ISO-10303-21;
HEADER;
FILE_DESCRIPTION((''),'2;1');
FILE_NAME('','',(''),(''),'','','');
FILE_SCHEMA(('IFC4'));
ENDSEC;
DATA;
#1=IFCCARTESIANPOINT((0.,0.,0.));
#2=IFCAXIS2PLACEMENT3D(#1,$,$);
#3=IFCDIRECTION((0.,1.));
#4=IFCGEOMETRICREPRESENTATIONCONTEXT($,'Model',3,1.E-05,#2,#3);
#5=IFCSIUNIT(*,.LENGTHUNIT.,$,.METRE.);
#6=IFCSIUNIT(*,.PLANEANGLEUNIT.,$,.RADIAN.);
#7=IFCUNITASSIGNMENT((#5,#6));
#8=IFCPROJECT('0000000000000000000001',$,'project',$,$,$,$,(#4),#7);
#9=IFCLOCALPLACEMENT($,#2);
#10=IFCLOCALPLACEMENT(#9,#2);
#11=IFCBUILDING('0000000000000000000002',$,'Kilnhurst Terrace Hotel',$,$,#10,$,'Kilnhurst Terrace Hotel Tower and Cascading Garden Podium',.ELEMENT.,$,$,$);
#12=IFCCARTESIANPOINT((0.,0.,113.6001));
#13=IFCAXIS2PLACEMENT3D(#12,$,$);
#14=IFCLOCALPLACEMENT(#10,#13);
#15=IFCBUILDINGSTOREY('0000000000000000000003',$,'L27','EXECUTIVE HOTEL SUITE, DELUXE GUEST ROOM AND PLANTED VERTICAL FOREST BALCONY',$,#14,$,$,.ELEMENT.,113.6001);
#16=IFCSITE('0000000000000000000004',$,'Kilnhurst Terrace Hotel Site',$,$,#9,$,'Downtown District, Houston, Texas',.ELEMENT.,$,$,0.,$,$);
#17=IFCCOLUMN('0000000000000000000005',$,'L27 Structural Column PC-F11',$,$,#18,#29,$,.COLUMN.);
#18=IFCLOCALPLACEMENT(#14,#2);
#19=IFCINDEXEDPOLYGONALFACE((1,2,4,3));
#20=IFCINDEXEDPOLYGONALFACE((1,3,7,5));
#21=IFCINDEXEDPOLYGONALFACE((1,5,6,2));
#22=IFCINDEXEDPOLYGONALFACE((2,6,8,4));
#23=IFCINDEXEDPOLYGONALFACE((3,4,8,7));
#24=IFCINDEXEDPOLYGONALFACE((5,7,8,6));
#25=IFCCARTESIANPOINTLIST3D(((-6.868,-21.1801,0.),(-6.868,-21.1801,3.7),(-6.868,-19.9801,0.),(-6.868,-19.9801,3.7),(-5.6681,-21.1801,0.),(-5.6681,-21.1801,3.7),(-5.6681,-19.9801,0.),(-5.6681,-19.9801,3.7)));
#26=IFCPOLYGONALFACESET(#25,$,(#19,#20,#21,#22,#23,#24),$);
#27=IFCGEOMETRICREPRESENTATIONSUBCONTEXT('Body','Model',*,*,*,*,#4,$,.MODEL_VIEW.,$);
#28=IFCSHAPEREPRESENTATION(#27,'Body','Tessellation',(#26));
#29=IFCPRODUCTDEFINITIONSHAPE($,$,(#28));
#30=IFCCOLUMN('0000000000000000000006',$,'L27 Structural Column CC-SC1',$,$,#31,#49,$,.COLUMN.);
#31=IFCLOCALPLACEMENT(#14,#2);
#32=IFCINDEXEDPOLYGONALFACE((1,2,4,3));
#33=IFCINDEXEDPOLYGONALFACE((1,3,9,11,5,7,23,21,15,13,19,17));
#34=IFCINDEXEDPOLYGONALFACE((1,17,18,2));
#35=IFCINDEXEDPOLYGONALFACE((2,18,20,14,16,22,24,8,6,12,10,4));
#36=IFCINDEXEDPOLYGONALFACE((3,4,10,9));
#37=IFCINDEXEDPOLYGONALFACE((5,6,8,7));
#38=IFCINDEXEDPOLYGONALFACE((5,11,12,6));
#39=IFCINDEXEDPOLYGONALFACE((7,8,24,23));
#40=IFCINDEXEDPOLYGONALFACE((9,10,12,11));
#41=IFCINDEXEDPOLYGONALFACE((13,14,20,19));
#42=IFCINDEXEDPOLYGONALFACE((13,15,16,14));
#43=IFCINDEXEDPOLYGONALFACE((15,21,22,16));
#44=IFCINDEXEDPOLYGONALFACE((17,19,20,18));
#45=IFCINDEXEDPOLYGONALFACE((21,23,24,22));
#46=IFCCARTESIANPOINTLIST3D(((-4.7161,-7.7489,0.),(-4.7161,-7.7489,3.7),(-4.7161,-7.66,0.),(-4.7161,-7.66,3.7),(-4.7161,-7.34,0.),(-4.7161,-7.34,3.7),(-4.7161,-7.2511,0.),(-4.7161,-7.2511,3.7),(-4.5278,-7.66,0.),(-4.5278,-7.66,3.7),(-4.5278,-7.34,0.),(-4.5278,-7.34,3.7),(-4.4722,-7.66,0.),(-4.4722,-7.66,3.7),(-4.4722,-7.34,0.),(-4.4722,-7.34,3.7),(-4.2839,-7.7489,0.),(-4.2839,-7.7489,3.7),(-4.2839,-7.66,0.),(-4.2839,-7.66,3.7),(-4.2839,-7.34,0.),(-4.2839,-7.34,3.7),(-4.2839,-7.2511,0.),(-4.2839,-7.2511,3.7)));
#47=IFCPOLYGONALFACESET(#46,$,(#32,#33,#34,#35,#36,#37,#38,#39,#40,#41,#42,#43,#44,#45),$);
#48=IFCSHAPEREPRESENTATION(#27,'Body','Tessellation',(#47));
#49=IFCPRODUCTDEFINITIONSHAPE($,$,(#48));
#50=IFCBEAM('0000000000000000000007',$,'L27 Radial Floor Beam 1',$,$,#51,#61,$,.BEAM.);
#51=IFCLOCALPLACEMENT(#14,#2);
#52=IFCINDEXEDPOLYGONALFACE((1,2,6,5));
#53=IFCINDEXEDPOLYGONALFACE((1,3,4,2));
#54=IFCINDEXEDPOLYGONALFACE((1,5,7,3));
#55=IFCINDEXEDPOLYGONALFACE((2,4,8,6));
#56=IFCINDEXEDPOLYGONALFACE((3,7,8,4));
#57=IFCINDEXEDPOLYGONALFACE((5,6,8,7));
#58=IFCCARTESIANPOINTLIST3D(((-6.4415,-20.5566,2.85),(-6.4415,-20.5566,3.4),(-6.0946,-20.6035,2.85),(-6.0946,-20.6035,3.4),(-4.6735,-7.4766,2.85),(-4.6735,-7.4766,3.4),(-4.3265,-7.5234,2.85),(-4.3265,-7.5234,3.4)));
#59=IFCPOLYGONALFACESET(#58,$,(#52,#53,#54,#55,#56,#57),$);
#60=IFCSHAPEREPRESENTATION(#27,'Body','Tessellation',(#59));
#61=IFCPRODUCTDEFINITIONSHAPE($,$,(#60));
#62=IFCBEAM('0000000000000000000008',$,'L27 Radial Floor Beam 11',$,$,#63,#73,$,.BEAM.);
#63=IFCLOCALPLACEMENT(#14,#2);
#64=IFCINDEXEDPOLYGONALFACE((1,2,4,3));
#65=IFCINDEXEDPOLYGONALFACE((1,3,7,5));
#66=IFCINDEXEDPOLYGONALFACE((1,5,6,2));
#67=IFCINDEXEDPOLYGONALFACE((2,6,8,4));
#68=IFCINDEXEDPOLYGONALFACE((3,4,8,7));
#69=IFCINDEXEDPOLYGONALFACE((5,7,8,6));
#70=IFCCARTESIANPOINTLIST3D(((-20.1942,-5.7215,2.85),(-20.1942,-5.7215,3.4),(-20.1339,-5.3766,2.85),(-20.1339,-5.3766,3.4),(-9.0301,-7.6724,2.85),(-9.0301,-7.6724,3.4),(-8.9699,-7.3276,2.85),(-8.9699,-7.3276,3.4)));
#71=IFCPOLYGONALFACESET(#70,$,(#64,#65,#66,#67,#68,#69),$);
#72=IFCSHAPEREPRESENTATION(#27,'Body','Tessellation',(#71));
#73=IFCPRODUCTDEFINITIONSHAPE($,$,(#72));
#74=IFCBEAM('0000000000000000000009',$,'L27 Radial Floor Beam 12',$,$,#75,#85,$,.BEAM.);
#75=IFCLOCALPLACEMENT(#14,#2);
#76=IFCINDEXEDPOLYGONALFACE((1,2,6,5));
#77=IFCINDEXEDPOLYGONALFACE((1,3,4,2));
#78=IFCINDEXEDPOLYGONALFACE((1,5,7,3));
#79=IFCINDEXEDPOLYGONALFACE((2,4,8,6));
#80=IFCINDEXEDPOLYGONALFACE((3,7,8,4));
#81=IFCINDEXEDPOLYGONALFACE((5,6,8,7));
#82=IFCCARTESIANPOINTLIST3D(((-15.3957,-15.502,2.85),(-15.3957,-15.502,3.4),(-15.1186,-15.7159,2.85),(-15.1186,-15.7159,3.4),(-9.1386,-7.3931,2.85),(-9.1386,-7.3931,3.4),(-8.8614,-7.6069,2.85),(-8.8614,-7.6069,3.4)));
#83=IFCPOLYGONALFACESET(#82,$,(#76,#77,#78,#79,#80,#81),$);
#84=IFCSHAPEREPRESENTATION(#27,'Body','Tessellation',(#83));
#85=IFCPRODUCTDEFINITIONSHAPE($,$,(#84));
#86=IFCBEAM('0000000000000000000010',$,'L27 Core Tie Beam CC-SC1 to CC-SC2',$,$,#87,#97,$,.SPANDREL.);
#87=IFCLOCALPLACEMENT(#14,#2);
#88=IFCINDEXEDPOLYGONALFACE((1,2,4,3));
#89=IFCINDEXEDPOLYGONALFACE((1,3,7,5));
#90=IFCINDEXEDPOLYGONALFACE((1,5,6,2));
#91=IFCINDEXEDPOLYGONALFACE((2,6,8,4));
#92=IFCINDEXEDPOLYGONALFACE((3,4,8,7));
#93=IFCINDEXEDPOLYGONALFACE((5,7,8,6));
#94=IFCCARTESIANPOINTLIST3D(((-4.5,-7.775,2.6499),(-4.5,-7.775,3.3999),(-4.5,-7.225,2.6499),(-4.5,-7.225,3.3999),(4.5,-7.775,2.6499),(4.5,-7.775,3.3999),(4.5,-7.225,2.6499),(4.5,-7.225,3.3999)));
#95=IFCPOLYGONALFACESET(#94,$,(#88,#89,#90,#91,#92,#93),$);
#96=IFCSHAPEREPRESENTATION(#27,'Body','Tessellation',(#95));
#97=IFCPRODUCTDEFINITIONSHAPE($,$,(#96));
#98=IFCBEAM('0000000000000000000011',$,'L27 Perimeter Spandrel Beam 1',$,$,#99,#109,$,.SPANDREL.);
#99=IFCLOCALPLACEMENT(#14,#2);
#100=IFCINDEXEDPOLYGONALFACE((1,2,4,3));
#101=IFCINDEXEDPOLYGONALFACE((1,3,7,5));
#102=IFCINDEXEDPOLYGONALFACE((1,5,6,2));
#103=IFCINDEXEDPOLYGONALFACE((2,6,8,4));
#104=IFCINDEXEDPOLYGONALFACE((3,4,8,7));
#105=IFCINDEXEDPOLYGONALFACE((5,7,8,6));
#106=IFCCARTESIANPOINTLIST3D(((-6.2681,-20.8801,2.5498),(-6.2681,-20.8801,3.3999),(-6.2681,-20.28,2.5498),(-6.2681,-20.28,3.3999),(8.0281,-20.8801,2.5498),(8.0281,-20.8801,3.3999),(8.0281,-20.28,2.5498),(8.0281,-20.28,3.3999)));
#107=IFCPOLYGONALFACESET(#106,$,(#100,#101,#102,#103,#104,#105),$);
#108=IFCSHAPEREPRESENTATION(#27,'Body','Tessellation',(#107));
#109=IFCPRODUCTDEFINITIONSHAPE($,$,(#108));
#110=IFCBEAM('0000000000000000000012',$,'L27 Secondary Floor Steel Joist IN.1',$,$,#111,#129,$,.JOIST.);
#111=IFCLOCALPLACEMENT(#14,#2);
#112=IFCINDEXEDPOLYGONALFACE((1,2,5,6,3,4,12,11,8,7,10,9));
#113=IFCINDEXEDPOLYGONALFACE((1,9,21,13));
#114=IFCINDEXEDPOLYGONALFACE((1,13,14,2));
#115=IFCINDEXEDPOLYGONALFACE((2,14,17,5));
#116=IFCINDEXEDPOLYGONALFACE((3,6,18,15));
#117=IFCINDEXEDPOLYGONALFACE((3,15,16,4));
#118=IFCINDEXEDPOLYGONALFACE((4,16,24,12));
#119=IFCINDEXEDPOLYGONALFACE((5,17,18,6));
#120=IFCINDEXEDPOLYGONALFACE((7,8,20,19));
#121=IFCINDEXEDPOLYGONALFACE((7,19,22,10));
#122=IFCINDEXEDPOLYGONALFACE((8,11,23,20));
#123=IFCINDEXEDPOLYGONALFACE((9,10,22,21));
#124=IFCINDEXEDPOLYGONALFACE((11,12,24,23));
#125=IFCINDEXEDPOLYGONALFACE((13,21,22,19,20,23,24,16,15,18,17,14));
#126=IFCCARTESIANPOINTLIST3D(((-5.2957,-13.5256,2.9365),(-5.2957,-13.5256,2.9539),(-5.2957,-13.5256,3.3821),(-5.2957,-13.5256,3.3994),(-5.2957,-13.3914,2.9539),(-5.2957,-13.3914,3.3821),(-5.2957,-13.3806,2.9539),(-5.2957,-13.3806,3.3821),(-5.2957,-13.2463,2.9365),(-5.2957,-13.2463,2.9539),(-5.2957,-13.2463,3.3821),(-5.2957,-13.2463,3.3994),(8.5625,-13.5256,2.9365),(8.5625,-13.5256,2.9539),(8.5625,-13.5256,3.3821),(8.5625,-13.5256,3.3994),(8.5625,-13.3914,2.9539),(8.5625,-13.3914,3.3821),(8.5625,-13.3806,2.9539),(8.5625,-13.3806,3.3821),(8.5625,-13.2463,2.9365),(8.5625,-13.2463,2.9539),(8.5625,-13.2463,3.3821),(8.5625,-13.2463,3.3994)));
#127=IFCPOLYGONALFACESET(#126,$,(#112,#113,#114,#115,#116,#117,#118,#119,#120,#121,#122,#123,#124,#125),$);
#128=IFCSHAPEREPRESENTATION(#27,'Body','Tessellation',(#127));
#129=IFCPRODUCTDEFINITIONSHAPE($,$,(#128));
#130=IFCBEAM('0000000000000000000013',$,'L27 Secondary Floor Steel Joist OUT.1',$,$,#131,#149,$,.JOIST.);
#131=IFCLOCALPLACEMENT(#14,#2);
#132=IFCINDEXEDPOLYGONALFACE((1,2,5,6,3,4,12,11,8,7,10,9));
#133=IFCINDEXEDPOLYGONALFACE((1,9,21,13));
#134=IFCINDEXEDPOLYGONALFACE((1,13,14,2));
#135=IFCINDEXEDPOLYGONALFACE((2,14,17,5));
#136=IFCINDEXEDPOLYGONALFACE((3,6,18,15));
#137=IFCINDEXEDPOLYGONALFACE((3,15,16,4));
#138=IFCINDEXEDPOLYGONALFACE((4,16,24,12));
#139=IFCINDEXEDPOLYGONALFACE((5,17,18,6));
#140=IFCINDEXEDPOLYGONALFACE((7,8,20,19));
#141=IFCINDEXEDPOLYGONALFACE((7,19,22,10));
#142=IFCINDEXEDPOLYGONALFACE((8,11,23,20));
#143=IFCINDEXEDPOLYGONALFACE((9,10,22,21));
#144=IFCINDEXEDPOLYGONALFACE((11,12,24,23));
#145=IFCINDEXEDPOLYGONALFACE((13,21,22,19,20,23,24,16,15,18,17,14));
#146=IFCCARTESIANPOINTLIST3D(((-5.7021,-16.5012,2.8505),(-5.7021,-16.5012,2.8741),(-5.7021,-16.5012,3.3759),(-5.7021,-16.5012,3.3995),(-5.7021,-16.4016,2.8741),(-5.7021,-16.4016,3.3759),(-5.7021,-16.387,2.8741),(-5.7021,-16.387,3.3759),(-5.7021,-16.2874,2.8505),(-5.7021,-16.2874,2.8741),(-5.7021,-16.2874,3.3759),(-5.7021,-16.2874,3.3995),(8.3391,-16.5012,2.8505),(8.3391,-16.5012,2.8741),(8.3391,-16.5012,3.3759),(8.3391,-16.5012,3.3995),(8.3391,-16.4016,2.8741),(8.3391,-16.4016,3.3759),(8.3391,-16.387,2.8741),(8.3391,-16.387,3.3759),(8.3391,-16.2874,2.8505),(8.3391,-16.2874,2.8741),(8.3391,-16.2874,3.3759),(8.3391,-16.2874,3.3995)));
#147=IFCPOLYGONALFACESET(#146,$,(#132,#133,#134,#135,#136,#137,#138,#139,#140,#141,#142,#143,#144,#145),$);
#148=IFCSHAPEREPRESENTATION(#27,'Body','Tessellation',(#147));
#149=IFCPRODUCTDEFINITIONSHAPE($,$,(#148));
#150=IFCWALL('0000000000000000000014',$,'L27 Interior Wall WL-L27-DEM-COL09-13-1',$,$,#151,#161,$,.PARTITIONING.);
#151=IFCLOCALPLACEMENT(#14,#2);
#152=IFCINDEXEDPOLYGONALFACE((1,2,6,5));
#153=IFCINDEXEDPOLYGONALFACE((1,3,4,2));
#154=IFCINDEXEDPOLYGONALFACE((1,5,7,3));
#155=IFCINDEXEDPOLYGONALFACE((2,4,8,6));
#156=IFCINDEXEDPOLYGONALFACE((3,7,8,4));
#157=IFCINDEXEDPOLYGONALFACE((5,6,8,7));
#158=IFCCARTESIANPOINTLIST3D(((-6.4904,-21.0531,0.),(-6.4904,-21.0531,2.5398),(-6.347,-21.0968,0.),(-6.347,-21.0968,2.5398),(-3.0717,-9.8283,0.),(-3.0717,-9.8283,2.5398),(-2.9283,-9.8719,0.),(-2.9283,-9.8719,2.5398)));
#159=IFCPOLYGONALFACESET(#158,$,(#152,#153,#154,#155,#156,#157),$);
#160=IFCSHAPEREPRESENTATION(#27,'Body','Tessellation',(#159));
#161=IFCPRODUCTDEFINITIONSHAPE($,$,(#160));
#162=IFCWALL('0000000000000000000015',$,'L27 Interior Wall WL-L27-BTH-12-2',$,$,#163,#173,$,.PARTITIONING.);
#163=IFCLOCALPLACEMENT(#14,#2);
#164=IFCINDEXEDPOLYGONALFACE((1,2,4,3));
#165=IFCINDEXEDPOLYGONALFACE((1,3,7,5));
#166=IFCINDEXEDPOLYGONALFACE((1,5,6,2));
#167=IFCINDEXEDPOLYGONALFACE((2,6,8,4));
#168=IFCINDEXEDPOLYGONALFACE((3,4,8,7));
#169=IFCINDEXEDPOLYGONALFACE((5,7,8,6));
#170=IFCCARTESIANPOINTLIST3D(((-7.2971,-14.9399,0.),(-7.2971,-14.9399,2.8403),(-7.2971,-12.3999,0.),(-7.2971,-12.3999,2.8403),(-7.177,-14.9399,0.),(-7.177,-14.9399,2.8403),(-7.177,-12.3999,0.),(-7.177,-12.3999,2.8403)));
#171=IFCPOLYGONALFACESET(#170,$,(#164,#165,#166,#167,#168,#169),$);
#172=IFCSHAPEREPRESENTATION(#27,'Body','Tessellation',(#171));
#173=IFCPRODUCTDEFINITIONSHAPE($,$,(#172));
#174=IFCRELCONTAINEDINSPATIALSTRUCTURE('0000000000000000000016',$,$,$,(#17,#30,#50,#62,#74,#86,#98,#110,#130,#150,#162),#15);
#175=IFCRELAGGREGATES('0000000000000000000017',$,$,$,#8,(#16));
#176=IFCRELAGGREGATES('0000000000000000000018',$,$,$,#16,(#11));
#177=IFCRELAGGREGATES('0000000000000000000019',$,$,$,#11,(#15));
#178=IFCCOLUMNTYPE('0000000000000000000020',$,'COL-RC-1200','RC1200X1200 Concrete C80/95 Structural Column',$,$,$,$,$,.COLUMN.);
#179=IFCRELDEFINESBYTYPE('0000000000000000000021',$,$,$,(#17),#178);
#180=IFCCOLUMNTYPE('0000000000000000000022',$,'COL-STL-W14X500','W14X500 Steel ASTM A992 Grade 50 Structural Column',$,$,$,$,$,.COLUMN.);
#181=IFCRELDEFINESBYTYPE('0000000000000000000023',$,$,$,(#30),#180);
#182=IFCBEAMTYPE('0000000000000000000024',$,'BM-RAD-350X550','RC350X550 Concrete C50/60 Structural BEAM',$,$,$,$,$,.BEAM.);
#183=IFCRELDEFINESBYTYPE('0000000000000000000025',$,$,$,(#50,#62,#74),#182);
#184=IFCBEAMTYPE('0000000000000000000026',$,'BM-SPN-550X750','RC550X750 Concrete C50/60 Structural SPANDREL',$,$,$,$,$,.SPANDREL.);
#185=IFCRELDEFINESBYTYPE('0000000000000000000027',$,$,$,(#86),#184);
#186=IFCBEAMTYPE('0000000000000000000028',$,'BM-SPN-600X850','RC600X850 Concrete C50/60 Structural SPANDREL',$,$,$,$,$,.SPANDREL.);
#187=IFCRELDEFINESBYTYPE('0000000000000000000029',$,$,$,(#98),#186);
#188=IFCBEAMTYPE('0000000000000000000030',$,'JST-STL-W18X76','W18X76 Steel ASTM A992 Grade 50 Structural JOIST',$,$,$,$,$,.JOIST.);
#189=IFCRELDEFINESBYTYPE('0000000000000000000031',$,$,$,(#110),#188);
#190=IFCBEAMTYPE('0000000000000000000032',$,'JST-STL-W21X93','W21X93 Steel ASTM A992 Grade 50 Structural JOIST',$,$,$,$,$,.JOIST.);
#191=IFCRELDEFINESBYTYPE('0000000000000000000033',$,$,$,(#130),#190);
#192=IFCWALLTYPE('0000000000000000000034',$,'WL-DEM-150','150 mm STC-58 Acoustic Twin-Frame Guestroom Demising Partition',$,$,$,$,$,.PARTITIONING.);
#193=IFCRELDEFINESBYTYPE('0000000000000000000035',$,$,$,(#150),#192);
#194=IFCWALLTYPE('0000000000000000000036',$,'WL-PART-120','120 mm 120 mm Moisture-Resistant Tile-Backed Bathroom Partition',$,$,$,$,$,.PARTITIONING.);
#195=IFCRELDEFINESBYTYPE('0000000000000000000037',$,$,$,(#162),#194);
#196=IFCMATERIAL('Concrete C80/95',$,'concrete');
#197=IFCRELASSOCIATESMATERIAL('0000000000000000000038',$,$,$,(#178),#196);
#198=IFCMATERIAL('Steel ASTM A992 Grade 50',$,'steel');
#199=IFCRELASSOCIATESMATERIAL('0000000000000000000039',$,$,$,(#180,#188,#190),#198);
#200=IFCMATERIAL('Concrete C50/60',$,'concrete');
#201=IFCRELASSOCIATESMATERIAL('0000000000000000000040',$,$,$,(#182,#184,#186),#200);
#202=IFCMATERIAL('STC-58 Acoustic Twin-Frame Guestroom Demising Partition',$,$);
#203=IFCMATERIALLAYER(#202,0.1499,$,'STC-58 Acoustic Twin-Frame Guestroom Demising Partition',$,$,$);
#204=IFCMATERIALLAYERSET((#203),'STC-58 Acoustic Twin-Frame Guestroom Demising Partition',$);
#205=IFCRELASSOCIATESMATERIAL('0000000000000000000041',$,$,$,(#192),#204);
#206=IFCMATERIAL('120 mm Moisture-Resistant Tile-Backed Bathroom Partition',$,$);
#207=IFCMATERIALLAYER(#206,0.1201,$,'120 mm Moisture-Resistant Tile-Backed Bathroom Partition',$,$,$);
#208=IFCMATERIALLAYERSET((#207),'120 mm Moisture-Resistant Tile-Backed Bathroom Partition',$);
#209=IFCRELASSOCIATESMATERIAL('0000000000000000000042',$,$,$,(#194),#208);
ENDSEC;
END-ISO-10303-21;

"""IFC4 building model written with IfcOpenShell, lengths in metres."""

from ifc_helpers import new_model, si_unit, direction, frame, frame_2d, origin, origin_2d, place, context, subcontext, project, spatial, rectangle, i_section, extrude, material, layer, layer_set, material_profile, profile_set, type_object, element, save


model = new_model("IFC4")

# Units and contexts
model_context = context("Model", 3, precision=1e-05, world=origin(), true_north=direction((0.0, 1.0)))
body_context = subcontext(model_context, "Body", "Model", "MODEL_VIEW")
ifc_project = project(units=[si_unit("LENGTHUNIT", "METRE"), si_unit("PLANEANGLEUNIT", "RADIAN")], contexts=[model_context])

# Site, building, storey
site_placement = place(None, origin())
site = spatial("IfcSite", under=ifc_project, at=site_placement, Name="Kilnhurst Terrace Hotel Site", LongName="Downtown District, Houston, Texas", CompositionType="ELEMENT", RefElevation=0.0)
building_placement = place(site_placement, origin())
building = spatial("IfcBuilding", under=site, at=building_placement, Name="Kilnhurst Terrace Hotel", LongName="Kilnhurst Terrace Hotel Tower and Cascading Garden Podium", CompositionType="ELEMENT")
storey_placement = place(building_placement, frame((0.0, 0.0, 113.6001)))
storey = spatial("IfcBuildingStorey", under=building, at=storey_placement, Name="L27", Description="EXECUTIVE HOTEL SUITE, DELUXE GUEST ROOM AND PLANTED VERTICAL FOREST BALCONY", CompositionType="ELEMENT", Elevation=113.6001)

# Columns
ifc_material_1 = material(Name="Concrete C80/95", Category="concrete")
ifc_material_profile_1 = material_profile(ifc_material_1, rectangle(XDim=1.2, YDim=1.2, at=origin_2d()), Name="RC1200X1200")
ifc_profile_set_1 = profile_set([ifc_material_profile_1], Name="Concrete C80/95")
column_type_1 = type_object("IfcColumnType", Name="COL-RC-1200", Description="RC1200X1200 Concrete C80/95 Structural Column", PredefinedType="COLUMN", material=ifc_profile_set_1)
column_1_placement = place(storey_placement, frame((-6.2681, -20.5801, 0.0), z_axis=(0.0, 0.0, 1.0), x_axis=(1.0, 0.0, 0.0)))
element("IfcColumn", 1, at=column_1_placement, inside=storey, type_object=column_type_1, Name="L27 Structural Column PC-F11", PredefinedType="COLUMN", context=body_context, shape_type="SweptSolid", body=[
    extrude(rectangle(XDim=1.2, YDim=1.2, at=origin_2d()), origin(), (0.0, 0.0, 1.0), 3.7),
])
ifc_material_2 = material(Name="Steel ASTM A992 Grade 50", Category="steel")
ifc_material_profile_2 = material_profile(ifc_material_2, i_section(OverallWidth=0.4321, OverallDepth=0.4978, WebThickness=0.0557, FlangeThickness=0.0889, at=origin_2d()), Name="W14X500")
ifc_profile_set_2 = profile_set([ifc_material_profile_2], Name="Steel ASTM A992 Grade 50")
column_type_2 = type_object("IfcColumnType", Name="COL-STL-W14X500", Description="W14X500 Steel ASTM A992 Grade 50 Structural Column", PredefinedType="COLUMN", material=ifc_profile_set_2)
column_2_placement = place(storey_placement, frame((-4.5, -7.5, 0.0), z_axis=(0.0, 0.0, 1.0), x_axis=(1.0, 0.0, 0.0)))
element("IfcColumn", 2, at=column_2_placement, inside=storey, type_object=column_type_2, Name="L27 Structural Column CC-SC1", PredefinedType="COLUMN", context=body_context, shape_type="SweptSolid", body=[
    extrude(i_section(OverallWidth=0.4321, OverallDepth=0.4978, WebThickness=0.0557, FlangeThickness=0.0889, at=origin_2d()), origin(), (0.0, 0.0, 1.0), 3.7),
])

# Beams
ifc_material_3 = material(Name="Concrete C50/60", Category="concrete")
ifc_material_profile_3 = material_profile(ifc_material_3, rectangle(XDim=0.3501, YDim=0.55, at=origin_2d()), Name="RC350X550")
ifc_profile_set_3 = profile_set([ifc_material_profile_3], Name="Concrete C50/60")
beam_type_1 = type_object("IfcBeamType", Name="BM-RAD-350X550", Description="RC350X550 Concrete C50/60 Structural BEAM", PredefinedType="BEAM", material=ifc_profile_set_3)
beam_1_placement = place(storey_placement, frame((-4.5, -7.5, 3.125), z_axis=(-0.133954, -0.990988, 0.0), x_axis=(0.990988, -0.133954, 0.0)))
element("IfcBeam", 3, at=beam_1_placement, inside=storey, type_object=beam_type_1, Name="L27 Radial Floor Beam 1", PredefinedType="BEAM", context=body_context, shape_type="SweptSolid", body=[
    extrude(rectangle(XDim=0.3501, YDim=0.55, at=origin_2d()), origin(), (0.0, 0.0, 1.0), 13.199),
])
beam_2_placement = place(storey_placement, frame((-9.0, -7.5, 3.125), z_axis=(-0.985072, 0.172142, 0.0), x_axis=(-0.172142, -0.985072, 0.0)))
element("IfcBeam", 4, at=beam_2_placement, inside=storey, type_object=beam_type_1, Name="L27 Radial Floor Beam 11", PredefinedType="BEAM", context=body_context, shape_type="SweptSolid", body=[
    extrude(rectangle(XDim=0.3501, YDim=0.55, at=origin_2d()), origin(), (0.0, 0.0, 1.0), 11.3333),
])
beam_3_placement = place(storey_placement, frame((-9.0, -7.5, 3.125), z_axis=(-0.610905, -0.791704, 0.0), x_axis=(0.791704, -0.610905, 0.0)))
element("IfcBeam", 5, at=beam_3_placement, inside=storey, type_object=beam_type_1, Name="L27 Radial Floor Beam 12", PredefinedType="BEAM", context=body_context, shape_type="SweptSolid", body=[
    extrude(rectangle(XDim=0.3501, YDim=0.55, at=origin_2d()), origin(), (0.0, 0.0, 1.0), 10.2424),
])
ifc_material_profile_4 = material_profile(ifc_material_3, rectangle(XDim=0.55, YDim=0.75, at=origin_2d()), Name="RC550X750")
ifc_profile_set_4 = profile_set([ifc_material_profile_4], Name="Concrete C50/60")
beam_type_2 = type_object("IfcBeamType", Name="BM-SPN-550X750", Description="RC550X750 Concrete C50/60 Structural SPANDREL", PredefinedType="SPANDREL", material=ifc_profile_set_4)
beam_4_placement = place(storey_placement, frame((-4.5, -7.5, 3.0249), z_axis=(1.0, 0.0, 0.0), x_axis=(0.0, 1.0, 0.0)))
element("IfcBeam", 6, at=beam_4_placement, inside=storey, type_object=beam_type_2, Name="L27 Core Tie Beam CC-SC1 to CC-SC2", PredefinedType="SPANDREL", context=body_context, shape_type="SweptSolid", body=[
    extrude(rectangle(XDim=0.55, YDim=0.75, at=origin_2d()), origin(), (0.0, 0.0, 1.0), 9.0),
])
ifc_material_profile_5 = material_profile(ifc_material_3, rectangle(XDim=0.6001, YDim=0.8501, at=origin_2d()), Name="RC600X850")
ifc_profile_set_5 = profile_set([ifc_material_profile_5], Name="Concrete C50/60")
beam_type_3 = type_object("IfcBeamType", Name="BM-SPN-600X850", Description="RC600X850 Concrete C50/60 Structural SPANDREL", PredefinedType="SPANDREL", material=ifc_profile_set_5)
beam_5_placement = place(storey_placement, frame((-6.2681, -20.5801, 2.9749), z_axis=(1.0, 0.0, 0.0), x_axis=(0.0, 1.0, 0.0)))
element("IfcBeam", 7, at=beam_5_placement, inside=storey, type_object=beam_type_3, Name="L27 Perimeter Spandrel Beam 1", PredefinedType="SPANDREL", context=body_context, shape_type="SweptSolid", body=[
    extrude(rectangle(XDim=0.6001, YDim=0.8501, at=origin_2d()), origin(), (0.0, 0.0, 1.0), 14.2961),
])
ifc_material_profile_6 = material_profile(ifc_material_2, i_section(OverallWidth=0.2793, OverallDepth=0.4629, WebThickness=0.0107, FlangeThickness=0.0173, at=origin_2d()), Name="W18X76")
ifc_profile_set_6 = profile_set([ifc_material_profile_6], Name="Steel ASTM A992 Grade 50")
beam_type_4 = type_object("IfcBeamType", Name="JST-STL-W18X76", Description="W18X76 Steel ASTM A992 Grade 50 Structural JOIST", PredefinedType="JOIST", material=ifc_profile_set_6)
beam_6_placement = place(storey_placement, frame((-5.2957, -13.386, 3.168), z_axis=(1.0, 0.0, 0.0), x_axis=(0.0, 1.0, 0.0)))
element("IfcBeam", 8, at=beam_6_placement, inside=storey, type_object=beam_type_4, Name="L27 Secondary Floor Steel Joist IN.1", PredefinedType="JOIST", context=body_context, shape_type="SweptSolid", body=[
    extrude(i_section(OverallWidth=0.2793, OverallDepth=0.4629, WebThickness=0.0107, FlangeThickness=0.0173, at=origin_2d()), origin(), (0.0, 0.0, 1.0), 13.8582),
])
ifc_material_profile_7 = material_profile(ifc_material_2, i_section(OverallWidth=0.2139, OverallDepth=0.5491, WebThickness=0.0146, FlangeThickness=0.0237, at=origin_2d()), Name="W21X93")
ifc_profile_set_7 = profile_set([ifc_material_profile_7], Name="Steel ASTM A992 Grade 50")
beam_type_5 = type_object("IfcBeamType", Name="JST-STL-W21X93", Description="W21X93 Steel ASTM A992 Grade 50 Structural JOIST", PredefinedType="JOIST", material=ifc_profile_set_7)
beam_7_placement = place(storey_placement, frame((-5.7021, -16.3943, 3.125), z_axis=(1.0, 0.0, 0.0), x_axis=(0.0, 1.0, 0.0)))
element("IfcBeam", 9, at=beam_7_placement, inside=storey, type_object=beam_type_5, Name="L27 Secondary Floor Steel Joist OUT.1", PredefinedType="JOIST", context=body_context, shape_type="SweptSolid", body=[
    extrude(i_section(OverallWidth=0.2139, OverallDepth=0.5491, WebThickness=0.0146, FlangeThickness=0.0237, at=origin_2d()), origin(), (0.0, 0.0, 1.0), 14.0413),
])

# Walls
ifc_material_4 = material(Name="STC-58 Acoustic Twin-Frame Guestroom Demising Partition")
ifc_layer_1 = layer(ifc_material_4, 0.1499, Name="STC-58 Acoustic Twin-Frame Guestroom Demising Partition")
ifc_layer_set_1 = layer_set([ifc_layer_1], Name="STC-58 Acoustic Twin-Frame Guestroom Demising Partition")
wall_type_1 = type_object("IfcWallType", Name="WL-DEM-150", Description="150 mm STC-58 Acoustic Twin-Frame Guestroom Demising Partition", PredefinedType="PARTITIONING", material=ifc_layer_set_1)
wall_1_placement = place(storey_placement, frame((-3.0, -9.8501, 0.0), z_axis=(0.0, 0.0, 1.0), x_axis=(-0.291352, -0.956616, 0.0)))
element("IfcWall", 10, at=wall_1_placement, inside=storey, type_object=wall_type_1, Name="L27 Interior Wall WL-L27-DEM-COL09-13-1", PredefinedType="PARTITIONING", context=body_context, shape_type="SweptSolid", body=[
    extrude(rectangle(XDim=11.7339, YDim=0.1499, at=frame_2d((5.8669, 0.0))), origin(), (0.0, 0.0, 1.0), 2.5398),
])
ifc_material_5 = material(Name="120 mm Moisture-Resistant Tile-Backed Bathroom Partition")
ifc_layer_2 = layer(ifc_material_5, 0.1201, Name="120 mm Moisture-Resistant Tile-Backed Bathroom Partition")
ifc_layer_set_2 = layer_set([ifc_layer_2], Name="120 mm Moisture-Resistant Tile-Backed Bathroom Partition")
wall_type_2 = type_object("IfcWallType", Name="WL-PART-120", Description="120 mm 120 mm Moisture-Resistant Tile-Backed Bathroom Partition", PredefinedType="PARTITIONING", material=ifc_layer_set_2)
wall_2_placement = place(storey_placement, frame((-7.2371, -14.9399, 0.0), z_axis=(0.0, 0.0, 1.0), x_axis=(0.0, 1.0, 0.0)))
element("IfcWall", 11, at=wall_2_placement, inside=storey, type_object=wall_type_2, Name="L27 Interior Wall WL-L27-BTH-12-2", PredefinedType="PARTITIONING", context=body_context, shape_type="SweptSolid", body=[
    extrude(rectangle(XDim=2.54, YDim=0.1201, at=frame_2d((1.27, 0.0))), origin(), (0.0, 0.0, 1.0), 2.8403),
])

save(model, "model.ifc")
